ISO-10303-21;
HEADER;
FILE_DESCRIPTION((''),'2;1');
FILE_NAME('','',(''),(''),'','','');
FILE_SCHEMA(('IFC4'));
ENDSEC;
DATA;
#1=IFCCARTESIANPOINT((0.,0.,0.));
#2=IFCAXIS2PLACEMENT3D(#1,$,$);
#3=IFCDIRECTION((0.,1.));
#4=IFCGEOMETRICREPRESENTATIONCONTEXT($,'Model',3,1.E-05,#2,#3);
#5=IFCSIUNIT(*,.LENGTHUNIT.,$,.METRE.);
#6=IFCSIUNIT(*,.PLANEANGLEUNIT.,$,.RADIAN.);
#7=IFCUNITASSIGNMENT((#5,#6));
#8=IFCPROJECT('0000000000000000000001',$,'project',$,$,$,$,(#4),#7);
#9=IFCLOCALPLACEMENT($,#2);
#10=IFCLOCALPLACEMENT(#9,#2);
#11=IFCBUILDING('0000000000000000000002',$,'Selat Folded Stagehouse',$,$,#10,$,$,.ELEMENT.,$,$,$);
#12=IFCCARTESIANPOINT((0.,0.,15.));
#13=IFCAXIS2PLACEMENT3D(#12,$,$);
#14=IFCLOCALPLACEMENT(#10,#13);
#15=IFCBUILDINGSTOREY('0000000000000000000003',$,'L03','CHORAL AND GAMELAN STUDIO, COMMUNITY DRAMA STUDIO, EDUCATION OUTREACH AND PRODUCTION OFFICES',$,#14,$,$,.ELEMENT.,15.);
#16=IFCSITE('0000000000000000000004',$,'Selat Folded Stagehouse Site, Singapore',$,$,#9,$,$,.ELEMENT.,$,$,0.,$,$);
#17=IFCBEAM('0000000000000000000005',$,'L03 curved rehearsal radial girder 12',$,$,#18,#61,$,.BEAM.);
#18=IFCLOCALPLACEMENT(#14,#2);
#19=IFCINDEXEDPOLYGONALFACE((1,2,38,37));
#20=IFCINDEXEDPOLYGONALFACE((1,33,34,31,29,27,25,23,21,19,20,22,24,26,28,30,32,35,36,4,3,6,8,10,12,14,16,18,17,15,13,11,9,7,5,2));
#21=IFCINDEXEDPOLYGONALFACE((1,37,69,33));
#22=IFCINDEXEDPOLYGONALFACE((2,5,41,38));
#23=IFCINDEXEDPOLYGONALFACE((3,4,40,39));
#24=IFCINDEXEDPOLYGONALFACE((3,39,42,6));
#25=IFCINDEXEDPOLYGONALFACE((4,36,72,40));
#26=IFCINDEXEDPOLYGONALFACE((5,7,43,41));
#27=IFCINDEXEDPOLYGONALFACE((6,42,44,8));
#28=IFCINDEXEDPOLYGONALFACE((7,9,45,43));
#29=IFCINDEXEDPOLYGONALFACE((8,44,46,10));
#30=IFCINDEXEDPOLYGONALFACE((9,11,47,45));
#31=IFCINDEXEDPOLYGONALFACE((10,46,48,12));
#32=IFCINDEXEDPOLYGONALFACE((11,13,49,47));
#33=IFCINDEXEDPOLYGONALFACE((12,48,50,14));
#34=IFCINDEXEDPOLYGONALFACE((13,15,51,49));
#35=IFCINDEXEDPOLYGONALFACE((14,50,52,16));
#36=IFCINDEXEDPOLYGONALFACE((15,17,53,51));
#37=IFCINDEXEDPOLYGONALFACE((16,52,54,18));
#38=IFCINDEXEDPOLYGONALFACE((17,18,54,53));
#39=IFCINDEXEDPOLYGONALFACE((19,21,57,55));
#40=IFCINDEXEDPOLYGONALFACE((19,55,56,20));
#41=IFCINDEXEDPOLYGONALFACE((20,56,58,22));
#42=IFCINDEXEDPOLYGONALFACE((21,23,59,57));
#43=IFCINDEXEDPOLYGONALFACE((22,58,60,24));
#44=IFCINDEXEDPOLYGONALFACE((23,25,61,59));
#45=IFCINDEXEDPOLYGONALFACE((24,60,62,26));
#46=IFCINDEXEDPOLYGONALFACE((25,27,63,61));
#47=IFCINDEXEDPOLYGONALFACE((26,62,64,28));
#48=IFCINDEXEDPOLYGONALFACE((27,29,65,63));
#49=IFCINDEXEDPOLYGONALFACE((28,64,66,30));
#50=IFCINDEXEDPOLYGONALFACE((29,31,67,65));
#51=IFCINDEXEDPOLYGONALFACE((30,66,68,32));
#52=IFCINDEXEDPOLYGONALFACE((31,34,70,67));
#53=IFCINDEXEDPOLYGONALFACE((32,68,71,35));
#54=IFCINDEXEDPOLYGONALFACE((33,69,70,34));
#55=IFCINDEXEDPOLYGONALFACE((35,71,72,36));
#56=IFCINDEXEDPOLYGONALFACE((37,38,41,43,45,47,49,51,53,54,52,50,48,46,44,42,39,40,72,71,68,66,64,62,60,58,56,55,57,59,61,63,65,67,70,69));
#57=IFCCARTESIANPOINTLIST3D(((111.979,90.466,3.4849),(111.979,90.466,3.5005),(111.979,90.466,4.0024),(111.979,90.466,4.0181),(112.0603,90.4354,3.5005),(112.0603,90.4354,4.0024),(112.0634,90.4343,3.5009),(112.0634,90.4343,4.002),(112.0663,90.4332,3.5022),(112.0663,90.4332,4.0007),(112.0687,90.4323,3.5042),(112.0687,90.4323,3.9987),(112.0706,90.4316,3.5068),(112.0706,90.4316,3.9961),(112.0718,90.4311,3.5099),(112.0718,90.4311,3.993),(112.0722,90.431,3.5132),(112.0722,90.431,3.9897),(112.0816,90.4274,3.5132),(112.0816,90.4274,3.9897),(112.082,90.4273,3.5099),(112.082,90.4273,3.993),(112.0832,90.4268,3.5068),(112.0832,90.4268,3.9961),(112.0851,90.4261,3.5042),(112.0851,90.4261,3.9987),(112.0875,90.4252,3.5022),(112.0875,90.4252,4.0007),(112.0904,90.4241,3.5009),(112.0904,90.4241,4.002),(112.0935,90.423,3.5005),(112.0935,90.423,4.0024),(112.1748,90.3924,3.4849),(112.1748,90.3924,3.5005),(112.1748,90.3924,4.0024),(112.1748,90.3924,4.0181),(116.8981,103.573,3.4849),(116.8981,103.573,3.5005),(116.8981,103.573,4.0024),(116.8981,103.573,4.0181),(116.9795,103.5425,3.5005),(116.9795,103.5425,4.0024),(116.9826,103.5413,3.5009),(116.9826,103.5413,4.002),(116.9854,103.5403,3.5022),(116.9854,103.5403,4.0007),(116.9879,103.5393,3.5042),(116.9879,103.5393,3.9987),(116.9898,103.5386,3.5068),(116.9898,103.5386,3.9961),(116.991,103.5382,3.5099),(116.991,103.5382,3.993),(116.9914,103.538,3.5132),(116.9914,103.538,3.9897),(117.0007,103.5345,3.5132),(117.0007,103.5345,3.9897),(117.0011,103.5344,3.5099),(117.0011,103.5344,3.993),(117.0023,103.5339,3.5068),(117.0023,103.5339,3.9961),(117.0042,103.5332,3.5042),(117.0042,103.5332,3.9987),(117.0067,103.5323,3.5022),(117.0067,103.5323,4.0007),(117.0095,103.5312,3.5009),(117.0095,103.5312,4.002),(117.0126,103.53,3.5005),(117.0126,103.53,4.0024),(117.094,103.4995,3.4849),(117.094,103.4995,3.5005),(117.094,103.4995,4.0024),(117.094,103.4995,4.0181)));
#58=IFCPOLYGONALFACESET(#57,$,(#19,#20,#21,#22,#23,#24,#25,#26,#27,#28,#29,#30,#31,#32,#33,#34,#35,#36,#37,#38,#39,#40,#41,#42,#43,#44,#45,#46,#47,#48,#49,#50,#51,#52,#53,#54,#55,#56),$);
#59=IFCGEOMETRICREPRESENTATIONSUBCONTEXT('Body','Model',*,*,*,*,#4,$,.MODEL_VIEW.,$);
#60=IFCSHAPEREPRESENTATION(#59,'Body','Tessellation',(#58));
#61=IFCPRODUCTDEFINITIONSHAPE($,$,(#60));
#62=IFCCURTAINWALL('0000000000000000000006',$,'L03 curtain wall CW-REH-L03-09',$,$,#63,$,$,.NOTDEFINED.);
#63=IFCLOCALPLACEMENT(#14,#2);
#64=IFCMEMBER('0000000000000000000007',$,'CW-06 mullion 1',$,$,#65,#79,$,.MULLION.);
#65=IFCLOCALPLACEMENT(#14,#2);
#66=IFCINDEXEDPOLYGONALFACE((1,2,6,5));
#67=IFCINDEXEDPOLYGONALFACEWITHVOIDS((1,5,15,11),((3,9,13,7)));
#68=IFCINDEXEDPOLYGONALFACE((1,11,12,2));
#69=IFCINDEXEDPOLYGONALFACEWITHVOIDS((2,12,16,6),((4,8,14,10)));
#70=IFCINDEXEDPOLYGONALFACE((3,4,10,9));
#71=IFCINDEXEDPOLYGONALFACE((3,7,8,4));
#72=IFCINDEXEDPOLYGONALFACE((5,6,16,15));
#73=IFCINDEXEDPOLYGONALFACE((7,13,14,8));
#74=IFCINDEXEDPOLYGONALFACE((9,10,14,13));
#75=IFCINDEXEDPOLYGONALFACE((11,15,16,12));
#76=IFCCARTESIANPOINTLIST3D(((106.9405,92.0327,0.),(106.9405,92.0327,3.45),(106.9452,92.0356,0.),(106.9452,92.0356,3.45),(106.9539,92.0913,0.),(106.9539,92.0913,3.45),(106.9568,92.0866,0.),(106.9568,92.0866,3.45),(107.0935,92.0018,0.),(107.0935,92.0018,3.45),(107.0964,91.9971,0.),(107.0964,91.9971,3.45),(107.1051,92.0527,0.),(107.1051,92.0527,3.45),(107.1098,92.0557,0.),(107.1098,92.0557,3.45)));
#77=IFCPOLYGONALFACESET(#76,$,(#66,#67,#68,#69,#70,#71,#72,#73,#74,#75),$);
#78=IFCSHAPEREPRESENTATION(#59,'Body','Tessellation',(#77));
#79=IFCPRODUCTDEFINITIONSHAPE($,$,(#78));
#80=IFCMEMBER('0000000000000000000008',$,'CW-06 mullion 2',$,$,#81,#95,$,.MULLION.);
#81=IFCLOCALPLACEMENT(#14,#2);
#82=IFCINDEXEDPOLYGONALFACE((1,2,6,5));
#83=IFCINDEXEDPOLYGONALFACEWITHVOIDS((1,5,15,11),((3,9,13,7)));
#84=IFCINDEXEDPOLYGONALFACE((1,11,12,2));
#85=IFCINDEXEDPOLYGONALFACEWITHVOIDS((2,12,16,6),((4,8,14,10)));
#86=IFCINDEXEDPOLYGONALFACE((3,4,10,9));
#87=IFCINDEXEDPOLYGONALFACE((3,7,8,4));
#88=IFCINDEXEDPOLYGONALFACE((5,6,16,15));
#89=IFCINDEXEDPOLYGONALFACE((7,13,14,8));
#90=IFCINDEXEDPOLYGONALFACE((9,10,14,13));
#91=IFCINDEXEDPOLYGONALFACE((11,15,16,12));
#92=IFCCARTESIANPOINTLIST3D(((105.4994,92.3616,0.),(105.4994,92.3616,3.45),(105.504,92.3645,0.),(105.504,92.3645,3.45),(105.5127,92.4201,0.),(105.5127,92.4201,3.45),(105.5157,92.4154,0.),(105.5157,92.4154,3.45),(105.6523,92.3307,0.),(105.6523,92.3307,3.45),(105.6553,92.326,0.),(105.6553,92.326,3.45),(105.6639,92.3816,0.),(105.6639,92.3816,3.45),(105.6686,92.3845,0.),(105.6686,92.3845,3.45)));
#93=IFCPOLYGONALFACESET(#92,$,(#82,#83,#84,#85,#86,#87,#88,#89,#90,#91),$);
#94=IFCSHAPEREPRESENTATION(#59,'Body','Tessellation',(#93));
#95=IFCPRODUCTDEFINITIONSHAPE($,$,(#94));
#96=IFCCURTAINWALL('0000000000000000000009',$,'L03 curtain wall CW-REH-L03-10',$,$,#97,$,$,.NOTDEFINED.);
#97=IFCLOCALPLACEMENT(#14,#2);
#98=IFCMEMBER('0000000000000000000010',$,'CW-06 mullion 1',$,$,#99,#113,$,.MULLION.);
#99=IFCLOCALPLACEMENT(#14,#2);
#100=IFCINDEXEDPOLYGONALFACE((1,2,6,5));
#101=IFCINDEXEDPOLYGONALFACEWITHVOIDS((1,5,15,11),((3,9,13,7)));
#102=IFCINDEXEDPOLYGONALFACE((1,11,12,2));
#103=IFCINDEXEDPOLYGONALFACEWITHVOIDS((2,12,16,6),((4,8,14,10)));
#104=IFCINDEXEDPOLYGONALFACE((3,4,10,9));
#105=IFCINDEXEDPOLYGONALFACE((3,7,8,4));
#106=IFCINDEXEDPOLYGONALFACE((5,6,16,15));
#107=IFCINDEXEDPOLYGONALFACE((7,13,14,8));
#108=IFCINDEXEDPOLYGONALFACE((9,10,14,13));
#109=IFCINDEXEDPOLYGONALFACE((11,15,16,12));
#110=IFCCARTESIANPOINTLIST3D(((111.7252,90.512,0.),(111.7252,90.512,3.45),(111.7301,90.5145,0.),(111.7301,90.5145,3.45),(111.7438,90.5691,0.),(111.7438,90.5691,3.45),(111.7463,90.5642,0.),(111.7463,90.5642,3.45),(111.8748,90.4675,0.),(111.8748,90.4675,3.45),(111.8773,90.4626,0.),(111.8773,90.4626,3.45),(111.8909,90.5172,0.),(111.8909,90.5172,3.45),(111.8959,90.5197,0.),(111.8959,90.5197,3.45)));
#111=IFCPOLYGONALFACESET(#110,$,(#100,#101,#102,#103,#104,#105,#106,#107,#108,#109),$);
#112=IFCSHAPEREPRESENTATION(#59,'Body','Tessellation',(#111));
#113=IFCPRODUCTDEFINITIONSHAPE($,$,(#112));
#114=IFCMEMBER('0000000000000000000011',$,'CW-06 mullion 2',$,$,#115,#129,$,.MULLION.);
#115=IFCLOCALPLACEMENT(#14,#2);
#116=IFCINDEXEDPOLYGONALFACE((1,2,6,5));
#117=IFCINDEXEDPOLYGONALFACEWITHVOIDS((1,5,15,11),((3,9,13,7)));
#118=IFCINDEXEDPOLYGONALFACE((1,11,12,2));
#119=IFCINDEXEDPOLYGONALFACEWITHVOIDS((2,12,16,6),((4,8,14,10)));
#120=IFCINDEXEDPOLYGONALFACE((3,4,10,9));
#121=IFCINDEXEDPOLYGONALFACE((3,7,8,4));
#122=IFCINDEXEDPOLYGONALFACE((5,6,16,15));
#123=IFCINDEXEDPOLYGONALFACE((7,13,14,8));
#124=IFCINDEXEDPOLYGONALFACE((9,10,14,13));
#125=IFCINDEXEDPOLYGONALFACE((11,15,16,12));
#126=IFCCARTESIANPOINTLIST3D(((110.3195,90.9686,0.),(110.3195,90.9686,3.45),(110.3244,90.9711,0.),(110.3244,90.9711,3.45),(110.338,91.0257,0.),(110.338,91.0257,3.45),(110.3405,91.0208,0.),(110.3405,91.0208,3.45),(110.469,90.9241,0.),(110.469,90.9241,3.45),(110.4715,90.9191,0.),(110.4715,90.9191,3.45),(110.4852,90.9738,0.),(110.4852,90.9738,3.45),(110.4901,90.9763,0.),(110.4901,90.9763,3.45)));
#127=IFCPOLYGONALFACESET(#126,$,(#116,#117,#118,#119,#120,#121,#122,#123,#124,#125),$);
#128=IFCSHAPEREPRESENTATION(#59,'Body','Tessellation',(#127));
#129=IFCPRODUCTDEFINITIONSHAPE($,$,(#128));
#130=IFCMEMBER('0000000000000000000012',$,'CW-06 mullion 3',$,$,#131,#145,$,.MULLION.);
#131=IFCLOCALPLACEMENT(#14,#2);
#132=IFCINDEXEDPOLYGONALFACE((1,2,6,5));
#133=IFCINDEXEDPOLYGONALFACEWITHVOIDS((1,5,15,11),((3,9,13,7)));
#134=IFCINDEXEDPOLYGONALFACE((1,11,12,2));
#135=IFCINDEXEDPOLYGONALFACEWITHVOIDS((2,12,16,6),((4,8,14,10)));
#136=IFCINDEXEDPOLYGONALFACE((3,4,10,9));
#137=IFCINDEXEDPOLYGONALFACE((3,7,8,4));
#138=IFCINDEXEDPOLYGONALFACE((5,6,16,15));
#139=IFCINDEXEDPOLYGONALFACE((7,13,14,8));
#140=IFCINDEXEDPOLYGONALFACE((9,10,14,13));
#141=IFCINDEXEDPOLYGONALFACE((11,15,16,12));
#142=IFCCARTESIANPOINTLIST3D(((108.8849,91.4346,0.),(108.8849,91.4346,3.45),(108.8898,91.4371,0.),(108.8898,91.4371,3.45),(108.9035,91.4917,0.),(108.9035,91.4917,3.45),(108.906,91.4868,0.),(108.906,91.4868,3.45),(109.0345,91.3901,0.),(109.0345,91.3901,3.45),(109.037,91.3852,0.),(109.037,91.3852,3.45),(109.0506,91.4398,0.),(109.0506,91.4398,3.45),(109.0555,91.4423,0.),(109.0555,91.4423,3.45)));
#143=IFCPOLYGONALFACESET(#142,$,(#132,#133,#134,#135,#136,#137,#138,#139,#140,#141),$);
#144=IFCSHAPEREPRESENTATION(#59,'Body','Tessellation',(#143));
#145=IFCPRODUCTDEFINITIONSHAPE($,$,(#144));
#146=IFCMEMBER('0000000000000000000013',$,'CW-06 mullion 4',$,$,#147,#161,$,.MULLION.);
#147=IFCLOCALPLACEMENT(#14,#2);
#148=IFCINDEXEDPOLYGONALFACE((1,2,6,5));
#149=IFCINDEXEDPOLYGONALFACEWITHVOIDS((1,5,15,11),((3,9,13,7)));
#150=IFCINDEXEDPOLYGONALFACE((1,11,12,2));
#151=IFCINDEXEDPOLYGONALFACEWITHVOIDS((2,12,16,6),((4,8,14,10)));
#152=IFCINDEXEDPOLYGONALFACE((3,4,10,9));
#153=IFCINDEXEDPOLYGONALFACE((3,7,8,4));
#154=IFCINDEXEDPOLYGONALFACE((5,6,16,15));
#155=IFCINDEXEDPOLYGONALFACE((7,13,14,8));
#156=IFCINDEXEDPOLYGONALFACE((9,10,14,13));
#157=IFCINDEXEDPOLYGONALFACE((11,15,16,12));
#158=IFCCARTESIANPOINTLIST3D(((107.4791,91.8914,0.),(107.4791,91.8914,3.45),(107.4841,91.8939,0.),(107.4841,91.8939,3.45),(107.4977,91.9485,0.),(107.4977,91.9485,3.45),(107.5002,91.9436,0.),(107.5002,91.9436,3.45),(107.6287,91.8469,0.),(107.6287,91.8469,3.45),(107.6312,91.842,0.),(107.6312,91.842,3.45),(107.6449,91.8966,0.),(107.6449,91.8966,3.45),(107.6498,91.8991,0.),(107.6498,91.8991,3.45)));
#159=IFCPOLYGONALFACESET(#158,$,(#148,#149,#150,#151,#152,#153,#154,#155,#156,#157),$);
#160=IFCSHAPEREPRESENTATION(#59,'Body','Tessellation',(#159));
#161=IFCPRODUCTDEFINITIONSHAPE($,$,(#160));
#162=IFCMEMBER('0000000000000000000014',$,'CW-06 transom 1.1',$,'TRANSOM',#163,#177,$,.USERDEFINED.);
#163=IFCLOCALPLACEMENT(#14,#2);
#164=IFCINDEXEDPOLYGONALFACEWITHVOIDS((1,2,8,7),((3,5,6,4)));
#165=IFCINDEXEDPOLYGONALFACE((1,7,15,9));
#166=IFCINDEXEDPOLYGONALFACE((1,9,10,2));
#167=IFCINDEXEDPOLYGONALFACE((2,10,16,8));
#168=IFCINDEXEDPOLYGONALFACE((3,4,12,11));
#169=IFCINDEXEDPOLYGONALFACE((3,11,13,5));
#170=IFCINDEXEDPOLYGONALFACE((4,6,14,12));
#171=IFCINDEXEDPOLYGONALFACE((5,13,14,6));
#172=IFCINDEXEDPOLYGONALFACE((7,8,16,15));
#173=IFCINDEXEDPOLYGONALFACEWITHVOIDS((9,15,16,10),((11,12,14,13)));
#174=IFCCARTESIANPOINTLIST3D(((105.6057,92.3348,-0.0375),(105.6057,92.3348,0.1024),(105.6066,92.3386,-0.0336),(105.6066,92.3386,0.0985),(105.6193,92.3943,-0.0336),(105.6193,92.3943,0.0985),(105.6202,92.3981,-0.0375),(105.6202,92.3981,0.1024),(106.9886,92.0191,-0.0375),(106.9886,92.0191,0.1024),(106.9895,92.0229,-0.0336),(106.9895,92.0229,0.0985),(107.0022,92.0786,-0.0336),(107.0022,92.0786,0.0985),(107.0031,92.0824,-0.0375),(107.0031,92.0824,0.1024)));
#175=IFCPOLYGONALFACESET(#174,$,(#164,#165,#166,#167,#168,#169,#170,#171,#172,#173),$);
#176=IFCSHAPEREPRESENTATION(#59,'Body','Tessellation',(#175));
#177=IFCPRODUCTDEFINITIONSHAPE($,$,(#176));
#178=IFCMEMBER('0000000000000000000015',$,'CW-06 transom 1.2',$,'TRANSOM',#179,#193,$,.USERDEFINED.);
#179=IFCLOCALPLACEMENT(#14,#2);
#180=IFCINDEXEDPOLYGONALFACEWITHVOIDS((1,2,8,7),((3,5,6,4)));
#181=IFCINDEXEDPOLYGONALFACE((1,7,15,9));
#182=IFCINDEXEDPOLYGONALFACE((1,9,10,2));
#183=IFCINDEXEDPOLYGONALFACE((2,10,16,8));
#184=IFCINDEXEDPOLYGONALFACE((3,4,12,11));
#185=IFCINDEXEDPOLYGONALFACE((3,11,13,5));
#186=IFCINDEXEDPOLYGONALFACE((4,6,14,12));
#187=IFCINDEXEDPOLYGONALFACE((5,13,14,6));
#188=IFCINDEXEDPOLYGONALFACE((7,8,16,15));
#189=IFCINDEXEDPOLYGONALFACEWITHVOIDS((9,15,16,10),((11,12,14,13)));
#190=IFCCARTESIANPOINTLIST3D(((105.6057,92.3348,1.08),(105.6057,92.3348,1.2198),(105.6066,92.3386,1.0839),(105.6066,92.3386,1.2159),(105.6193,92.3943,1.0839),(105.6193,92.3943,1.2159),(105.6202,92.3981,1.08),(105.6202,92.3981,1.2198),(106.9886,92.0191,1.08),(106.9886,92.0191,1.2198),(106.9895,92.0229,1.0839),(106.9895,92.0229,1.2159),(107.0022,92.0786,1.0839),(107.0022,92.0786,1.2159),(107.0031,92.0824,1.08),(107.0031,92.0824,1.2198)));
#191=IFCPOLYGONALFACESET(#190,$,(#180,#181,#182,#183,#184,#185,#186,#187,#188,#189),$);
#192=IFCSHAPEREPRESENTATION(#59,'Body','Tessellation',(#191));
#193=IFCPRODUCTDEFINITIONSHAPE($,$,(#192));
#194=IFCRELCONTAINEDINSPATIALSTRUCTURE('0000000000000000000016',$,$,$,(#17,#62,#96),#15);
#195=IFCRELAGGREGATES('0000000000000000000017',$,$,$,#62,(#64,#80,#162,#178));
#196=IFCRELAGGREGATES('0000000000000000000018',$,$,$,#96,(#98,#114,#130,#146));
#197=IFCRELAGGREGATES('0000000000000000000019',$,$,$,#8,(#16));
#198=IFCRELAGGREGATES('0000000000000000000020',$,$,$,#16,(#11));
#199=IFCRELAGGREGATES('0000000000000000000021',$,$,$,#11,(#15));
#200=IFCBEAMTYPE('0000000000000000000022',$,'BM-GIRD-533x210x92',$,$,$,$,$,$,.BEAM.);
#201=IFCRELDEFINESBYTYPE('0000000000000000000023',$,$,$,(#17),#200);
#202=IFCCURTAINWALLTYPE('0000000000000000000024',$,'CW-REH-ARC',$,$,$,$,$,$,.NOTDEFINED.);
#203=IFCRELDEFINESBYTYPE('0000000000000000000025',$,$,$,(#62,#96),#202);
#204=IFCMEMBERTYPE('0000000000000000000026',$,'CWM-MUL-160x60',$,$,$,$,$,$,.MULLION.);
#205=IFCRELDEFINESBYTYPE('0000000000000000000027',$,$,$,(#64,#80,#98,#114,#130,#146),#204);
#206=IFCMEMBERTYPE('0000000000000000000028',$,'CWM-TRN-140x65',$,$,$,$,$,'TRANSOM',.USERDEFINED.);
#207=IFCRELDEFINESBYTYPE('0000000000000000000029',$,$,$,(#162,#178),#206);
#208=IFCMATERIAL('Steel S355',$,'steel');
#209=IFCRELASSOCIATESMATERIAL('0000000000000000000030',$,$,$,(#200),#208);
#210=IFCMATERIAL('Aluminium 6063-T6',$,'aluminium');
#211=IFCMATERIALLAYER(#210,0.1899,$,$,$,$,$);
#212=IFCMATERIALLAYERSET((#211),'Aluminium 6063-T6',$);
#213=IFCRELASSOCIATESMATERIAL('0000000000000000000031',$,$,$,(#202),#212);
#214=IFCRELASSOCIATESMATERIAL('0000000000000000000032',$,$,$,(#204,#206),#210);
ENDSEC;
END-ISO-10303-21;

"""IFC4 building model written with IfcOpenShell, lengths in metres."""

from ifc_helpers import new_model, si_unit, direction, frame, origin, origin_2d, place, context, subcontext, project, spatial, hollow_rectangle, i_section, extrude, material, layer, layer_set, material_profile, profile_set, type_object, element, aggregate, save


model = new_model("IFC4")

# Units and contexts
model_context = context("Model", 3, precision=1e-05, world=origin(), true_north=direction((0.0, 1.0)))
body_context = subcontext(model_context, "Body", "Model", "MODEL_VIEW")
ifc_project = project(units=[si_unit("LENGTHUNIT", "METRE"), si_unit("PLANEANGLEUNIT", "RADIAN")], contexts=[model_context])

# Site, building, storey
site_placement = place(None, origin())
site = spatial("IfcSite", under=ifc_project, at=site_placement, Name="Selat Folded Stagehouse Site, Singapore", CompositionType="ELEMENT", RefElevation=0.0)
building_placement = place(site_placement, origin())
building = spatial("IfcBuilding", under=site, at=building_placement, Name="Selat Folded Stagehouse", CompositionType="ELEMENT")
storey_placement = place(building_placement, frame((0.0, 0.0, 15.0)))
storey = spatial("IfcBuildingStorey", under=building, at=storey_placement, Name="L03", Description="CHORAL AND GAMELAN STUDIO, COMMUNITY DRAMA STUDIO, EDUCATION OUTREACH AND PRODUCTION OFFICES", CompositionType="ELEMENT", Elevation=15.0)

# Shared definitions
ifc_material_1 = material(Name="Steel S355", Category="steel")

# Beam
ifc_material_profile_1 = material_profile(ifc_material_1, i_section(OverallWidth=0.2092, OverallDepth=0.5332, WebThickness=0.01, FlangeThickness=0.0156, FilletRadius=0.0127, at=origin_2d()), Name="UKB 533x210x92")
ifc_profile_set_1 = profile_set([ifc_material_profile_1], Name="Steel S355")
beam_type_1 = type_object("IfcBeamType", Name="BM-GIRD-533x210x92", PredefinedType="BEAM", material=ifc_profile_set_1)
beam_1_placement = place(storey_placement, frame((112.0769, 90.4292, 3.7515), z_axis=(0.351374, 0.936235, 0.0), x_axis=(-0.936235, 0.351374, 0.0)))
element("IfcBeam", 1, at=beam_1_placement, inside=storey, type_object=beam_type_1, Name="L03 curved rehearsal radial girder 12", PredefinedType="BEAM", context=body_context, shape_type="SweptSolid", body=[
    extrude(i_section(OverallWidth=0.2092, OverallDepth=0.5332, WebThickness=0.01, FlangeThickness=0.0156, FilletRadius=0.0127, at=origin_2d()), origin(), (0.0, 0.0, 1.0), 13.9998),
])

# Curtain walls, members
ifc_material_2 = material(Name="Aluminium 6063-T6", Category="aluminium")
ifc_layer_1 = layer(ifc_material_2, 0.1899)
ifc_layer_set_1 = layer_set([ifc_layer_1], Name="Aluminium 6063-T6")
curtain_wall_type = type_object("IfcCurtainWallType", Name="CW-REH-ARC", PredefinedType="NOTDEFINED", material=ifc_layer_set_1)
curtain_wall_1_placement = place(storey_placement, origin())
curtain_wall_1 = element("IfcCurtainWall", 2, at=curtain_wall_1_placement, inside=storey, type_object=curtain_wall_type, Name="L03 curtain wall CW-REH-L03-09", PredefinedType="NOTDEFINED")
ifc_material_profile_2 = material_profile(ifc_material_2, hollow_rectangle(XDim=0.0601, YDim=0.1599, WallThickness=0.0039, at=origin_2d()), Name="ALU 160x60x4.0")
ifc_profile_set_2 = profile_set([ifc_material_profile_2], Name="Aluminium 6063-T6")
member_type_1 = type_object("IfcMemberType", Name="CWM-MUL-160x60", PredefinedType="MULLION", material=ifc_profile_set_2)
member_1_placement = place(storey_placement, frame((107.0251, 92.0442, 0.0), z_axis=(0.0, 0.0, 1.0), x_axis=(-0.222543, -0.974923, 0.0)))
member_1 = element("IfcMember", 3, at=member_1_placement, type_object=member_type_1, Name="CW-06 mullion 1", PredefinedType="MULLION", context=body_context, shape_type="SweptSolid", body=[
    extrude(hollow_rectangle(XDim=0.0601, YDim=0.1599, WallThickness=0.0039, at=origin_2d()), origin(), (0.0, 0.0, 1.0), 3.45),
])
member_2_placement = place(storey_placement, frame((105.584, 92.373, 0.0), z_axis=(0.0, 0.0, 1.0), x_axis=(-0.222543, -0.974923, 0.0)))
member_2 = element("IfcMember", 4, at=member_2_placement, type_object=member_type_1, Name="CW-06 mullion 2", PredefinedType="MULLION", context=body_context, shape_type="SweptSolid", body=[
    extrude(hollow_rectangle(XDim=0.0601, YDim=0.1599, WallThickness=0.0039, at=origin_2d()), origin(), (0.0, 0.0, 1.0), 3.45),
])
curtain_wall_2_placement = place(storey_placement, origin())
curtain_wall_2 = element("IfcCurtainWall", 5, at=curtain_wall_2_placement, inside=storey, type_object=curtain_wall_type, Name="L03 curtain wall CW-REH-L03-10", PredefinedType="NOTDEFINED")
member_3_placement = place(storey_placement, frame((111.8105, 90.5159, 0.0), z_axis=(0.0, 0.0, 1.0), x_axis=(-0.308992, -0.951065, 0.0)))
member_3 = element("IfcMember", 6, at=member_3_placement, type_object=member_type_1, Name="CW-06 mullion 1", PredefinedType="MULLION", context=body_context, shape_type="SweptSolid", body=[
    extrude(hollow_rectangle(XDim=0.0601, YDim=0.1599, WallThickness=0.0039, at=origin_2d()), origin(), (0.0, 0.0, 1.0), 3.45),
])
member_4_placement = place(storey_placement, frame((110.4048, 90.9724, 0.0), z_axis=(0.0, 0.0, 1.0), x_axis=(-0.308992, -0.951065, 0.0)))
member_4 = element("IfcMember", 7, at=member_4_placement, type_object=member_type_1, Name="CW-06 mullion 2", PredefinedType="MULLION", context=body_context, shape_type="SweptSolid", body=[
    extrude(hollow_rectangle(XDim=0.0601, YDim=0.1599, WallThickness=0.0039, at=origin_2d()), origin(), (0.0, 0.0, 1.0), 3.45),
])
member_5_placement = place(storey_placement, frame((108.9702, 91.4385, 0.0), z_axis=(0.0, 0.0, 1.0), x_axis=(-0.308992, -0.951065, 0.0)))
member_5 = element("IfcMember", 8, at=member_5_placement, type_object=member_type_1, Name="CW-06 mullion 3", PredefinedType="MULLION", context=body_context, shape_type="SweptSolid", body=[
    extrude(hollow_rectangle(XDim=0.0601, YDim=0.1599, WallThickness=0.0039, at=origin_2d()), origin(), (0.0, 0.0, 1.0), 3.45),
])
member_6_placement = place(storey_placement, frame((107.5645, 91.8953, 0.0), z_axis=(0.0, 0.0, 1.0), x_axis=(-0.308992, -0.951065, 0.0)))
member_6 = element("IfcMember", 9, at=member_6_placement, type_object=member_type_1, Name="CW-06 mullion 4", PredefinedType="MULLION", context=body_context, shape_type="SweptSolid", body=[
    extrude(hollow_rectangle(XDim=0.0601, YDim=0.1599, WallThickness=0.0039, at=origin_2d()), origin(), (0.0, 0.0, 1.0), 3.45),
])

# Members
ifc_material_profile_3 = material_profile(ifc_material_2, hollow_rectangle(XDim=0.0649, YDim=0.1399, WallThickness=0.0039, at=origin_2d()), Name="ALU 140x65x4.0")
ifc_profile_set_3 = profile_set([ifc_material_profile_3], Name="Aluminium 6063-T6")
member_type_2 = type_object("IfcMemberType", Name="CWM-TRN-140x65", ElementType="TRANSOM", PredefinedType="USERDEFINED", material=ifc_profile_set_3)
member_7_placement = place(storey_placement, frame((106.9958, 92.0508, 0.0325), z_axis=(-0.974919, 0.222558, 0.0), x_axis=(-0.222558, -0.974919, 0.0)))
member_7 = element("IfcMember", 10, at=member_7_placement, type_object=member_type_2, Name="CW-06 transom 1.1", ObjectType="TRANSOM", PredefinedType="USERDEFINED", context=body_context, shape_type="SweptSolid", body=[
    extrude(hollow_rectangle(XDim=0.0649, YDim=0.1399, WallThickness=0.0039, at=origin_2d()), origin(), (0.0, 0.0, 1.0), 1.4185),
])
member_8_placement = place(storey_placement, frame((106.9958, 92.0508, 1.1499), z_axis=(-0.974919, 0.222558, 0.0), x_axis=(-0.222558, -0.974919, 0.0)))
member_8 = element("IfcMember", 11, at=member_8_placement, type_object=member_type_2, Name="CW-06 transom 1.2", ObjectType="TRANSOM", PredefinedType="USERDEFINED", context=body_context, shape_type="SweptSolid", body=[
    extrude(hollow_rectangle(XDim=0.0649, YDim=0.1399, WallThickness=0.0039, at=origin_2d()), origin(), (0.0, 0.0, 1.0), 1.4185),
])

aggregate(curtain_wall_1, [member_1, member_2, member_7, member_8])
aggregate(curtain_wall_2, [member_3, member_4, member_5, member_6])

save(model, "model.ifc")
